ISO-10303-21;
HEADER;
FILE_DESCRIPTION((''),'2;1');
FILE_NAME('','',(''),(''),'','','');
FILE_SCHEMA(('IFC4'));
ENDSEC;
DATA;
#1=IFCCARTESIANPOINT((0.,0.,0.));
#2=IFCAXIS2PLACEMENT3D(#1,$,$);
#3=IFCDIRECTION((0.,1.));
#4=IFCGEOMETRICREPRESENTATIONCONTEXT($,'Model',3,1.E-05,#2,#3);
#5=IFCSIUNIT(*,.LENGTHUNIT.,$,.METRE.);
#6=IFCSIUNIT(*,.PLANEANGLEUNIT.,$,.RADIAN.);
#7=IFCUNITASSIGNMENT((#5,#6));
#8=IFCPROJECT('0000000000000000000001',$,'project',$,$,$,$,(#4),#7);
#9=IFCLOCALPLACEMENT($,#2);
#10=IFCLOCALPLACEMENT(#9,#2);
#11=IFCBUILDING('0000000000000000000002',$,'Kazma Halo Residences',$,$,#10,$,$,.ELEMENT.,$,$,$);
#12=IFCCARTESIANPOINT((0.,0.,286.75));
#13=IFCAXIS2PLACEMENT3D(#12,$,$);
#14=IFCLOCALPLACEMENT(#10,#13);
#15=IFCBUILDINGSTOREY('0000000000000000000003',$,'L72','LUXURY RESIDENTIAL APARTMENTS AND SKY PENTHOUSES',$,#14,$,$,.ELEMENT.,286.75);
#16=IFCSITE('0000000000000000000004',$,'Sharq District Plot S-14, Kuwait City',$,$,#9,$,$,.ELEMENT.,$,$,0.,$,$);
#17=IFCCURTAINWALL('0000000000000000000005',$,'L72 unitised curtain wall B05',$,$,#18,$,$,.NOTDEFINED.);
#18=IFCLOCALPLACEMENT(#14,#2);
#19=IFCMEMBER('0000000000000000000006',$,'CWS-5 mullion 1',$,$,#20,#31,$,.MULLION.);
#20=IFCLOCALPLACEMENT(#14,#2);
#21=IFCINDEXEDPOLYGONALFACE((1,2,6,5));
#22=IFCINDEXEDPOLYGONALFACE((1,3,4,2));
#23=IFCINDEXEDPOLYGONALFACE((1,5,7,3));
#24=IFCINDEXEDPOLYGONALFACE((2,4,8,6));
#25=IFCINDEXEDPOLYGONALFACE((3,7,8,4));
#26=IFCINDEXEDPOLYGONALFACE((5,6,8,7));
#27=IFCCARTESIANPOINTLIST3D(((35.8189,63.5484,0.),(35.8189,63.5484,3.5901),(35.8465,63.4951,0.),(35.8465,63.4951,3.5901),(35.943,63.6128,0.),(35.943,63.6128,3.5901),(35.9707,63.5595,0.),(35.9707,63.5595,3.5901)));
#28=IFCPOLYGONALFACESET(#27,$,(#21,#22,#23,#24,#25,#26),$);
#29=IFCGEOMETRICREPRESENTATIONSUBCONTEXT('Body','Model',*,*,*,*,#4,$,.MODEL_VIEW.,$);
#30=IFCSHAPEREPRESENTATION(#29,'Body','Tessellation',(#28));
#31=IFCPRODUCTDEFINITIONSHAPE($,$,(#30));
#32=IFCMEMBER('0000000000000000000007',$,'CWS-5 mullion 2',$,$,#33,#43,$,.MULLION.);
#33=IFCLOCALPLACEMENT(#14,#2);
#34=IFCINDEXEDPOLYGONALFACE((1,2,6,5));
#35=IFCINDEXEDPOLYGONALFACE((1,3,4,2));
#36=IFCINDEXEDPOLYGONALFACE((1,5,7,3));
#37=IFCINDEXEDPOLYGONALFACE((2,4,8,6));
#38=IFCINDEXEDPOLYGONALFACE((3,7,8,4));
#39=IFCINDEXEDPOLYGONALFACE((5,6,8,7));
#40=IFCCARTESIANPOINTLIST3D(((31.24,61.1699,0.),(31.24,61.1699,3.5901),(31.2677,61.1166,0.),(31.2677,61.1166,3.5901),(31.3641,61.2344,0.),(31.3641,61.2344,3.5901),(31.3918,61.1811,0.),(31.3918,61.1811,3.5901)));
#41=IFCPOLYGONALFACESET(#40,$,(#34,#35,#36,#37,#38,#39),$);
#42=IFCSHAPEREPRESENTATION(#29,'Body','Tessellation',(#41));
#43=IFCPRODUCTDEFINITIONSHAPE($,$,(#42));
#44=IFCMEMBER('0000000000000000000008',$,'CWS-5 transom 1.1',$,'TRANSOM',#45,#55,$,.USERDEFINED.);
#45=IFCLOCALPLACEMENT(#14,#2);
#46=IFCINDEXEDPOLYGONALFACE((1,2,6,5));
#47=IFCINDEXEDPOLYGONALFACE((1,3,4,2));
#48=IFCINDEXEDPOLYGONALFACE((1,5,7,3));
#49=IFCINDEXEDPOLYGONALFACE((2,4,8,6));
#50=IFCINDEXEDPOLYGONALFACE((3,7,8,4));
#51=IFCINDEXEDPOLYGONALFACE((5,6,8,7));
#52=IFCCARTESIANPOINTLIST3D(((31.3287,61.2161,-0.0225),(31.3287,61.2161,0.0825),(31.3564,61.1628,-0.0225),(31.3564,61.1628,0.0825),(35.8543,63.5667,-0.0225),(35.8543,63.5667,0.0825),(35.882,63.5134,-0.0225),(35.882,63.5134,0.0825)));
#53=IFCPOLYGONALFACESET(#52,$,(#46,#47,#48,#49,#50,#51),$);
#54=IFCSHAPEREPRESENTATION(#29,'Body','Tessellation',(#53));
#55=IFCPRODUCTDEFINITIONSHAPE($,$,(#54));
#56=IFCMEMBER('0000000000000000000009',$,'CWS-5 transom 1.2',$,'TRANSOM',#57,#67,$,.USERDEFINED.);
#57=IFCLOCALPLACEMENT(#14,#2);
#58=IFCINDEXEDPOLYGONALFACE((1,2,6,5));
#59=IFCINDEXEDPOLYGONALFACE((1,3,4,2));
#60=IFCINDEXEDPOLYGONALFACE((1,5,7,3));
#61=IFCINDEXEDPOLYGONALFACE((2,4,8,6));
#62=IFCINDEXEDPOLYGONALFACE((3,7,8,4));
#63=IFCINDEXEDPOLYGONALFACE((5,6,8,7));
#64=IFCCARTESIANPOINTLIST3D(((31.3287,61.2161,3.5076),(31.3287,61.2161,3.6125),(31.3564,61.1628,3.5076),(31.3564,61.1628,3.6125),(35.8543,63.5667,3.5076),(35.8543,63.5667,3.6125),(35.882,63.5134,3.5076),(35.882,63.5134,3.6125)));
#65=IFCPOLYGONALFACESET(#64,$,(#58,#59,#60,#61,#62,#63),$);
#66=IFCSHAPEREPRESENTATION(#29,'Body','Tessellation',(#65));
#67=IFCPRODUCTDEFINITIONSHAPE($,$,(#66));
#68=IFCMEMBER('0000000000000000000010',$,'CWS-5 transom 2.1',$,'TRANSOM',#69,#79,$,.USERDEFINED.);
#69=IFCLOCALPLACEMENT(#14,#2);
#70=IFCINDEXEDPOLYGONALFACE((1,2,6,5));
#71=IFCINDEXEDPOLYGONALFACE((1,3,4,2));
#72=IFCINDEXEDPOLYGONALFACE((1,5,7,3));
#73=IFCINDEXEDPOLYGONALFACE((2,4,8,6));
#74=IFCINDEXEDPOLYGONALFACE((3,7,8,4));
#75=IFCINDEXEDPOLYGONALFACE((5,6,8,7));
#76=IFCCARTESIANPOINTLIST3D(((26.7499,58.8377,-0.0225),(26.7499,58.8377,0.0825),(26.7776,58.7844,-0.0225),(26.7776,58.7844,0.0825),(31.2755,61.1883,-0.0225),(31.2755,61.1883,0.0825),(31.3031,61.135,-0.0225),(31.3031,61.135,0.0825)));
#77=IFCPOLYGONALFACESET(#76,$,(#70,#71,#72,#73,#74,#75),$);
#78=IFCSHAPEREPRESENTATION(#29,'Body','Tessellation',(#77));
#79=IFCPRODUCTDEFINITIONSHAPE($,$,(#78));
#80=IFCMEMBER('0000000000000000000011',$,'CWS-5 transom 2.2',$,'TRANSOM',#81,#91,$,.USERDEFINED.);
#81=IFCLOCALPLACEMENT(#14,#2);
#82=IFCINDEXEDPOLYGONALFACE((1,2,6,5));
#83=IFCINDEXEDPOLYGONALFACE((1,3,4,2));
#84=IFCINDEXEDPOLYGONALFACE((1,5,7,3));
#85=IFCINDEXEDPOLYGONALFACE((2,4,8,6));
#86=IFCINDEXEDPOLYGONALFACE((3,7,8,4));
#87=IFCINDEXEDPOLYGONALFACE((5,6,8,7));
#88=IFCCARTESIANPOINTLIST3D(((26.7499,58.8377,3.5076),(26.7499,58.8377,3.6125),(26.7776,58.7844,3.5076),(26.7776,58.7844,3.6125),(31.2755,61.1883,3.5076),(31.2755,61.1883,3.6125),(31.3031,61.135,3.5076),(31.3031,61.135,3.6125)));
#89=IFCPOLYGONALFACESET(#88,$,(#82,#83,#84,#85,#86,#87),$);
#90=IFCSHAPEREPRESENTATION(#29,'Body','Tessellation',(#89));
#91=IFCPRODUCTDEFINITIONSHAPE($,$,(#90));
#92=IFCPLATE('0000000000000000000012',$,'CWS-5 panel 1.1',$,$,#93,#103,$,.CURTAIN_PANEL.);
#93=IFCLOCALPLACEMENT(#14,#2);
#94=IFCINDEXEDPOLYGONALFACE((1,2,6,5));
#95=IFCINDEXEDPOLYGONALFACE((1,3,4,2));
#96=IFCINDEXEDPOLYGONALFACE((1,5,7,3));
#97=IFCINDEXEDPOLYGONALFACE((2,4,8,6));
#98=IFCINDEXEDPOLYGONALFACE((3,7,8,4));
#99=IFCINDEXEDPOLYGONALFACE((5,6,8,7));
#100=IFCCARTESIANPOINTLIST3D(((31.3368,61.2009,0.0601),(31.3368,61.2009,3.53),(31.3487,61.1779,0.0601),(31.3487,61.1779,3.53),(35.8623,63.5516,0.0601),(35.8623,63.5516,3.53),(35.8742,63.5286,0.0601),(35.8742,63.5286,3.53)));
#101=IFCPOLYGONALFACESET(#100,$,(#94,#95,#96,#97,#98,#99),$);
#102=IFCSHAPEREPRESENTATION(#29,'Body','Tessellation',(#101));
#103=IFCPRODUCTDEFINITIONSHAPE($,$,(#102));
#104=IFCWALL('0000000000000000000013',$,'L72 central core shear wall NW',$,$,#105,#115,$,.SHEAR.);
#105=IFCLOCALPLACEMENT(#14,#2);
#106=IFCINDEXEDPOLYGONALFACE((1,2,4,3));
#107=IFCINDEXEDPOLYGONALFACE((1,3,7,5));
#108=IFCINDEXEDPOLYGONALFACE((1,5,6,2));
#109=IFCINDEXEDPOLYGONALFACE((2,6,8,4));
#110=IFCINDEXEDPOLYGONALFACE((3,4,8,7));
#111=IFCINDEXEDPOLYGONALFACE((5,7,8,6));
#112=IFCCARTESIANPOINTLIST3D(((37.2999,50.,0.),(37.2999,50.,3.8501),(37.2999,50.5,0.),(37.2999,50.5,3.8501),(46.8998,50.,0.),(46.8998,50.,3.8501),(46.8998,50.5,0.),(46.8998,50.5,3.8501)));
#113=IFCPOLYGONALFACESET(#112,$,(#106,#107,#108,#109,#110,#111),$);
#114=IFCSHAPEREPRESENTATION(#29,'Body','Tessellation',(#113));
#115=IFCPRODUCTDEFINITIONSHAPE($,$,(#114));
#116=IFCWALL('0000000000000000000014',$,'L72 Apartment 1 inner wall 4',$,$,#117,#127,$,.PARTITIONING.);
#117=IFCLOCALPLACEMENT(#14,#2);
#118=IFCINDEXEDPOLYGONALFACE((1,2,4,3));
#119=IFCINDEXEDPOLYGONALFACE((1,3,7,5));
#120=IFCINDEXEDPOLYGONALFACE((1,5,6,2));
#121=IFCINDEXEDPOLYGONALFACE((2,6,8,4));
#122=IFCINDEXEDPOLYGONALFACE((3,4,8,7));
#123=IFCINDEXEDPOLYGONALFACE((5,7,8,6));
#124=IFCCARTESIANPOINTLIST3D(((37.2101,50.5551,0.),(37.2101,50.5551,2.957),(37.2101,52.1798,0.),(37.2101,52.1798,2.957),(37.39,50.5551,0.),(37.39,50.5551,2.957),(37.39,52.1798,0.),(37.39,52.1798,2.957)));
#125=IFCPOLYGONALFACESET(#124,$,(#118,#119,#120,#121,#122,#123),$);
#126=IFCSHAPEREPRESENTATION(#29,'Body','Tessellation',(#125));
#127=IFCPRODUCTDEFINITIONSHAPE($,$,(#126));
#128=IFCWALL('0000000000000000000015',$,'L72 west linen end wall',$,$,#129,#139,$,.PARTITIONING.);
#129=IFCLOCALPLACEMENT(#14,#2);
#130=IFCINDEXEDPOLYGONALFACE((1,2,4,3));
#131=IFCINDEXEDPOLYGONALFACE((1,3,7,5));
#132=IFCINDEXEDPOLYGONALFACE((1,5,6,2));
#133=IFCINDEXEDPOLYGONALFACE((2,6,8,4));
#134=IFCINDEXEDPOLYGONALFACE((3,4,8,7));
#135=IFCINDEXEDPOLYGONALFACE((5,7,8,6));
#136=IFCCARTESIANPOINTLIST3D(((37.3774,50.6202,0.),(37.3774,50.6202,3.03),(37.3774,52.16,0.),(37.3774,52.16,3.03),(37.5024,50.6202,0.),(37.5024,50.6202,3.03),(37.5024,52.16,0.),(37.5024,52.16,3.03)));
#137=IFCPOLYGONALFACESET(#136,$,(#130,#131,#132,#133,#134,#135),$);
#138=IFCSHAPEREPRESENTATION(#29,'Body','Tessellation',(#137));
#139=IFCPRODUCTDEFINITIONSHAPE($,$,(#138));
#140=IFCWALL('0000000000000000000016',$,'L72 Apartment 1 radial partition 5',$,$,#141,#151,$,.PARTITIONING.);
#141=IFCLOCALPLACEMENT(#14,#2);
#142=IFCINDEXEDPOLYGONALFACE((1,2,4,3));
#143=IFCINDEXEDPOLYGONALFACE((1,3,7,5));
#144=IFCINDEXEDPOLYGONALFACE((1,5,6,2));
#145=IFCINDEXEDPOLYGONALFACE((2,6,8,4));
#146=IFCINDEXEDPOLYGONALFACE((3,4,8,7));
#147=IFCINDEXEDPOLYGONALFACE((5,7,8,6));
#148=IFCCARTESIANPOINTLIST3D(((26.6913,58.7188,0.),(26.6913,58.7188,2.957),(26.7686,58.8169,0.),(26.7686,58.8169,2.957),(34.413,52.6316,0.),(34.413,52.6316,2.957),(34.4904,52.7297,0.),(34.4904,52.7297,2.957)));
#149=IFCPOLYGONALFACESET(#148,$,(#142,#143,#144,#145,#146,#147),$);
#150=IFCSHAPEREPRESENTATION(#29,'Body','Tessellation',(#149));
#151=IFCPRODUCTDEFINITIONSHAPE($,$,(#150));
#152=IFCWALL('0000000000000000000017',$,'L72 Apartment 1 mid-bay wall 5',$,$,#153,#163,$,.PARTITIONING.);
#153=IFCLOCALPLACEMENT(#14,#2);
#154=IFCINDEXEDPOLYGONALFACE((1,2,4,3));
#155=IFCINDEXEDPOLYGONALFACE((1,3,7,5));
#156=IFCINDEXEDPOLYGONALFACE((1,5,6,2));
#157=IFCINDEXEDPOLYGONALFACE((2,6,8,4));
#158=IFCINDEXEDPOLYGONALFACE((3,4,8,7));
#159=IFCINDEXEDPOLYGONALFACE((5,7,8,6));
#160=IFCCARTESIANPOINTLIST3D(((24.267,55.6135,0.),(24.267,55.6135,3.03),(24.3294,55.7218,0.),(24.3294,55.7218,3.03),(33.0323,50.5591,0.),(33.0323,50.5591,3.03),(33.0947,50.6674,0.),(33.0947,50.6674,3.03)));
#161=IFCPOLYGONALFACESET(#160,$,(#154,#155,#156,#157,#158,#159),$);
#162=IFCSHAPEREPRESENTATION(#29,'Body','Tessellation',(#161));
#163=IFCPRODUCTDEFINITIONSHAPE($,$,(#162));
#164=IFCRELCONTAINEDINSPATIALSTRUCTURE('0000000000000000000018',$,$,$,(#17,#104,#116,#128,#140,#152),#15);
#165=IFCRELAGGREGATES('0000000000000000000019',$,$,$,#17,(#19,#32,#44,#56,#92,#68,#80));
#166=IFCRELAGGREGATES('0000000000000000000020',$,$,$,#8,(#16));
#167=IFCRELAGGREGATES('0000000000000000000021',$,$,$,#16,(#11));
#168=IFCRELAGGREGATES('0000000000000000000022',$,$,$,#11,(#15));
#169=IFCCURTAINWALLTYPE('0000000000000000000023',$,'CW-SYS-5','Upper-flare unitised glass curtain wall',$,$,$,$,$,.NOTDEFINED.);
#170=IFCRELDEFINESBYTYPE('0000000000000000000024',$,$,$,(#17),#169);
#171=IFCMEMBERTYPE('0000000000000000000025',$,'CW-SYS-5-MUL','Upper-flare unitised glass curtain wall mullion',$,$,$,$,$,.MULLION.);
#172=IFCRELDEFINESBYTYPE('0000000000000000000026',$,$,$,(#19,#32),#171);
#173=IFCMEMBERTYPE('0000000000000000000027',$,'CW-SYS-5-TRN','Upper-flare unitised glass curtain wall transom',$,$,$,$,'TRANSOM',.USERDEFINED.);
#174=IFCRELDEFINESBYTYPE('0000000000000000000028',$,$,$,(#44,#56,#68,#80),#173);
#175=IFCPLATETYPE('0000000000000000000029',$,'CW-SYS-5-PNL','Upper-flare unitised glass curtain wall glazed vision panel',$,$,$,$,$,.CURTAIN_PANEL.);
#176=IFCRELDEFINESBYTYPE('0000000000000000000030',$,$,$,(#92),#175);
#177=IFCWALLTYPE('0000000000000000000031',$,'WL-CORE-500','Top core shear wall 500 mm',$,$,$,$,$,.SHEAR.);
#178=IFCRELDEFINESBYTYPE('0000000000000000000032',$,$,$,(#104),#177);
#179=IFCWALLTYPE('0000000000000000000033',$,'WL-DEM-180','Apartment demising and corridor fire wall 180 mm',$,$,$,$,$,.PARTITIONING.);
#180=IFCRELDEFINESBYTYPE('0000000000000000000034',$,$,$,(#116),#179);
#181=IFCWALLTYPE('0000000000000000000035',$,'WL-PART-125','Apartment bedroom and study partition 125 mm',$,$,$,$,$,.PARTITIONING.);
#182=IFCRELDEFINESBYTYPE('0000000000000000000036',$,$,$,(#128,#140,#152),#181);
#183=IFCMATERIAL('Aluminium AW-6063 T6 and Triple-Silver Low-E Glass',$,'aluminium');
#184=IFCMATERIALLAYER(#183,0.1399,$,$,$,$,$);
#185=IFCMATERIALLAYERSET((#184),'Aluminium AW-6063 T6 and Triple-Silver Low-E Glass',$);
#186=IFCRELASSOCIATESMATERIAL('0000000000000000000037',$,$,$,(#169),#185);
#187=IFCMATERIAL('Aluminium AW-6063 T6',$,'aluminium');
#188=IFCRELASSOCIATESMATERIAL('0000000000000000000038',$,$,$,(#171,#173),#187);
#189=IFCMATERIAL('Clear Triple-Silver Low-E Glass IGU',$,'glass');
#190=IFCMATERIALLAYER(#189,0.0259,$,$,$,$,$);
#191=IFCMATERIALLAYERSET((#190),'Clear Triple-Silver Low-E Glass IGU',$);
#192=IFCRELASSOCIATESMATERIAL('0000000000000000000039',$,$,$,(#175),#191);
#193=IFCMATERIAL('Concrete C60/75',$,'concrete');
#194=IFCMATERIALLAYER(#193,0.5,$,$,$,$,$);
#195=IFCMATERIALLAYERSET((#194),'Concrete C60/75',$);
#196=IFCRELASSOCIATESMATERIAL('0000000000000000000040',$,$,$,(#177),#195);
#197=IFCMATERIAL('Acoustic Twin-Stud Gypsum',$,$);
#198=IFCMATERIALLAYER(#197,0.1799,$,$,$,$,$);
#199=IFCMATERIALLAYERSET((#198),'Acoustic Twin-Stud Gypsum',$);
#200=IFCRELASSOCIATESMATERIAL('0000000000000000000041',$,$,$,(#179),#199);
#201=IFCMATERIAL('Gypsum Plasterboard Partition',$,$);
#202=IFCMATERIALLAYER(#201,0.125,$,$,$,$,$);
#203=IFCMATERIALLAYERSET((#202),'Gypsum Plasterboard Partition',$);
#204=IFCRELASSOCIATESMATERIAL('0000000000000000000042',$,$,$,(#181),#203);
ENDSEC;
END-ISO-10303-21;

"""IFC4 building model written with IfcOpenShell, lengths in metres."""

from ifc_helpers import new_model, si_unit, direction, frame, frame_2d, origin, origin_2d, place, context, subcontext, project, spatial, rectangle, extrude, material, layer, layer_set, material_profile, profile_set, type_object, element, aggregate, save


model = new_model("IFC4")

# Units and contexts
model_context = context("Model", 3, precision=1e-05, world=origin(), true_north=direction((0.0, 1.0)))
body_context = subcontext(model_context, "Body", "Model", "MODEL_VIEW")
ifc_project = project(units=[si_unit("LENGTHUNIT", "METRE"), si_unit("PLANEANGLEUNIT", "RADIAN")], contexts=[model_context])

# Site, building, storey
site_placement = place(None, origin())
site = spatial("IfcSite", under=ifc_project, at=site_placement, Name="Sharq District Plot S-14, Kuwait City", CompositionType="ELEMENT", RefElevation=0.0)
building_placement = place(site_placement, origin())
building = spatial("IfcBuilding", under=site, at=building_placement, Name="Kazma Halo Residences", CompositionType="ELEMENT")
storey_placement = place(building_placement, frame((0.0, 0.0, 286.75)))
storey = spatial("IfcBuildingStorey", under=building, at=storey_placement, Name="L72", Description="LUXURY RESIDENTIAL APARTMENTS AND SKY PENTHOUSES", CompositionType="ELEMENT", Elevation=286.75)

# Shared definitions
ifc_material_1 = material(Name="Concrete C60/75", Category="concrete")

# Curtain wall, members, plate
ifc_material_2 = material(Name="Aluminium AW-6063 T6 and Triple-Silver Low-E Glass", Category="aluminium")
ifc_layer_1 = layer(ifc_material_2, 0.1399)
ifc_layer_set_1 = layer_set([ifc_layer_1], Name="Aluminium AW-6063 T6 and Triple-Silver Low-E Glass")
curtain_wall_type = type_object("IfcCurtainWallType", Name="CW-SYS-5", Description="Upper-flare unitised glass curtain wall", PredefinedType="NOTDEFINED", material=ifc_layer_set_1)
curtain_wall_placement = place(storey_placement, origin())
curtain_wall = element("IfcCurtainWall", 1, at=curtain_wall_placement, inside=storey, type_object=curtain_wall_type, Name="L72 unitised curtain wall B05", PredefinedType="NOTDEFINED")
ifc_material_3 = material(Name="Aluminium AW-6063 T6", Category="aluminium")
ifc_material_profile_1 = material_profile(ifc_material_3, rectangle(XDim=0.0601, YDim=0.1399, at=origin_2d()), Name="CWM-60x140")
ifc_profile_set_1 = profile_set([ifc_material_profile_1], Name="Aluminium AW-6063 T6")
member_type_1 = type_object("IfcMemberType", Name="CW-SYS-5-MUL", Description="Upper-flare unitised glass curtain wall mullion", PredefinedType="MULLION", material=ifc_profile_set_1)
member_1_placement = place(storey_placement, frame((35.8948, 63.554, 0.0), z_axis=(0.0, 0.0, 1.0), x_axis=(0.460961, -0.887421, 0.0)))
member_1 = element("IfcMember", 2, at=member_1_placement, type_object=member_type_1, Name="CWS-5 mullion 1", PredefinedType="MULLION", context=body_context, shape_type="SweptSolid", body=[
    extrude(rectangle(XDim=0.0601, YDim=0.1399, at=origin_2d()), origin(), (0.0, 0.0, 1.0), 3.5901),
])
member_2_placement = place(storey_placement, frame((31.3159, 61.1755, 0.0), z_axis=(0.0, 0.0, 1.0), x_axis=(0.460961, -0.887421, 0.0)))
member_2 = element("IfcMember", 3, at=member_2_placement, type_object=member_type_1, Name="CWS-5 mullion 2", PredefinedType="MULLION", context=body_context, shape_type="SweptSolid", body=[
    extrude(rectangle(XDim=0.0601, YDim=0.1399, at=origin_2d()), origin(), (0.0, 0.0, 1.0), 3.5901),
])
ifc_material_profile_2 = material_profile(ifc_material_3, rectangle(XDim=0.0601, YDim=0.105, at=origin_2d()), Name="CWT-60x105")
ifc_profile_set_2 = profile_set([ifc_material_profile_2], Name="Aluminium AW-6063 T6")
member_type_2 = type_object("IfcMemberType", Name="CW-SYS-5-TRN", Description="Upper-flare unitised glass curtain wall transom", ElementType="TRANSOM", PredefinedType="USERDEFINED", material=ifc_profile_set_2)
member_3_placement = place(storey_placement, frame((35.8682, 63.54, 0.03), z_axis=(-0.887437, -0.460929, 0.0), x_axis=(0.460929, -0.887437, 0.0)))
member_3 = element("IfcMember", 4, at=member_3_placement, type_object=member_type_2, Name="CWS-5 transom 1.1", ObjectType="TRANSOM", PredefinedType="USERDEFINED", context=body_context, shape_type="SweptSolid", body=[
    extrude(rectangle(XDim=0.0601, YDim=0.105, at=origin_2d()), origin(), (0.0, 0.0, 1.0), 5.0996),
])
member_4_placement = place(storey_placement, frame((35.8682, 63.54, 3.5601), z_axis=(-0.887437, -0.460929, 0.0), x_axis=(0.460929, -0.887437, 0.0)))
member_4 = element("IfcMember", 5, at=member_4_placement, type_object=member_type_2, Name="CWS-5 transom 1.2", ObjectType="TRANSOM", PredefinedType="USERDEFINED", context=body_context, shape_type="SweptSolid", body=[
    extrude(rectangle(XDim=0.0601, YDim=0.105, at=origin_2d()), origin(), (0.0, 0.0, 1.0), 5.0996),
])
member_5_placement = place(storey_placement, frame((31.2893, 61.1616, 0.03), z_axis=(-0.887437, -0.460929, 0.0), x_axis=(0.460929, -0.887437, 0.0)))
member_5 = element("IfcMember", 6, at=member_5_placement, type_object=member_type_2, Name="CWS-5 transom 2.1", ObjectType="TRANSOM", PredefinedType="USERDEFINED", context=body_context, shape_type="SweptSolid", body=[
    extrude(rectangle(XDim=0.0601, YDim=0.105, at=origin_2d()), origin(), (0.0, 0.0, 1.0), 5.0996),
])
member_6_placement = place(storey_placement, frame((31.2893, 61.1616, 3.5601), z_axis=(-0.887437, -0.460929, 0.0), x_axis=(0.460929, -0.887437, 0.0)))
member_6 = element("IfcMember", 7, at=member_6_placement, type_object=member_type_2, Name="CWS-5 transom 2.2", ObjectType="TRANSOM", PredefinedType="USERDEFINED", context=body_context, shape_type="SweptSolid", body=[
    extrude(rectangle(XDim=0.0601, YDim=0.105, at=origin_2d()), origin(), (0.0, 0.0, 1.0), 5.0996),
])
ifc_material_4 = material(Name="Clear Triple-Silver Low-E Glass IGU", Category="glass")
ifc_layer_2 = layer(ifc_material_4, 0.0259)
ifc_layer_set_2 = layer_set([ifc_layer_2], Name="Clear Triple-Silver Low-E Glass IGU")
plate_type = type_object("IfcPlateType", Name="CW-SYS-5-PNL", Description="Upper-flare unitised glass curtain wall glazed vision panel", PredefinedType="CURTAIN_PANEL", material=ifc_layer_set_2)
plate_placement = place(storey_placement, frame((33.6055, 62.3647, 0.0601), z_axis=(0.0, 0.0, 1.0), x_axis=(-0.887421, -0.460961, 0.0)))
plate = element("IfcPlate", 8, at=plate_placement, type_object=plate_type, Name="CWS-5 panel 1.1", PredefinedType="CURTAIN_PANEL", context=body_context, shape_type="SweptSolid", body=[
    extrude(rectangle(XDim=5.0996, YDim=0.0259, at=origin_2d()), origin(), (0.0, 0.0, 1.0), 3.47),
])
aggregate(curtain_wall, [member_1, member_2, member_3, member_4, plate, member_5, member_6])

# Walls
ifc_layer_3 = layer(ifc_material_1, 0.5)
ifc_layer_set_3 = layer_set([ifc_layer_3], Name="Concrete C60/75")
wall_type_1 = type_object("IfcWallType", Name="WL-CORE-500", Description="Top core shear wall 500 mm", PredefinedType="SHEAR", material=ifc_layer_set_3)
wall_1_placement = place(storey_placement, frame((37.3, 50.25, 0.0), z_axis=(0.0, 0.0, 1.0), x_axis=(1.0, 0.0, 0.0)))
element("IfcWall", 9, at=wall_1_placement, inside=storey, type_object=wall_type_1, Name="L72 central core shear wall NW", PredefinedType="SHEAR", context=body_context, shape_type="SweptSolid", body=[
    extrude(rectangle(XDim=9.5999, YDim=0.5, at=frame_2d((4.7998, 0.0))), origin(), (0.0, 0.0, 1.0), 3.8501),
])
ifc_material_5 = material(Name="Acoustic Twin-Stud Gypsum")
ifc_layer_4 = layer(ifc_material_5, 0.1799)
ifc_layer_set_4 = layer_set([ifc_layer_4], Name="Acoustic Twin-Stud Gypsum")
wall_type_2 = type_object("IfcWallType", Name="WL-DEM-180", Description="Apartment demising and corridor fire wall 180 mm", PredefinedType="PARTITIONING", material=ifc_layer_set_4)
wall_2_placement = place(storey_placement, frame((37.3, 52.1799, 0.0), z_axis=(0.0, 0.0, 1.0), x_axis=(0.0, -1.0, 0.0)))
element("IfcWall", 10, at=wall_2_placement, inside=storey, type_object=wall_type_2, Name="L72 Apartment 1 inner wall 4", PredefinedType="PARTITIONING", context=body_context, shape_type="SweptSolid", body=[
    extrude(rectangle(XDim=1.6248, YDim=0.1799, at=frame_2d((0.8125, 0.0))), origin(), (0.0, 0.0, 1.0), 2.957),
])
ifc_material_6 = material(Name="Gypsum Plasterboard Partition")
ifc_layer_5 = layer(ifc_material_6, 0.125)
ifc_layer_set_5 = layer_set([ifc_layer_5], Name="Gypsum Plasterboard Partition")
wall_type_3 = type_object("IfcWallType", Name="WL-PART-125", Description="Apartment bedroom and study partition 125 mm", PredefinedType="PARTITIONING", material=ifc_layer_set_5)
wall_3_placement = place(storey_placement, frame((37.4399, 50.6201, 0.0), z_axis=(0.0, 0.0, 1.0), x_axis=(0.0, 1.0, 0.0)))
element("IfcWall", 11, at=wall_3_placement, inside=storey, type_object=wall_type_3, Name="L72 west linen end wall", PredefinedType="PARTITIONING", context=body_context, shape_type="SweptSolid", body=[
    extrude(rectangle(XDim=1.5398, YDim=0.125, at=frame_2d((0.77, 0.0))), origin(), (0.0, 0.0, 1.0), 3.03),
])
wall_4_placement = place(storey_placement, frame((34.4517, 52.6807, 0.0), z_axis=(0.0, 0.0, 1.0), x_axis=(-0.785323, 0.619086, 0.0)))
element("IfcWall", 12, at=wall_4_placement, inside=storey, type_object=wall_type_3, Name="L72 Apartment 1 radial partition 5", PredefinedType="PARTITIONING", context=body_context, shape_type="SweptSolid", body=[
    extrude(rectangle(XDim=9.8325, YDim=0.125, at=frame_2d((4.9163, 0.0))), origin(), (0.0, 0.0, 1.0), 2.957),
])
wall_5_placement = place(storey_placement, frame((33.0635, 50.6133, 0.0), z_axis=(0.0, 0.0, 1.0), x_axis=(-0.866293, 0.499537, 0.0)))
element("IfcWall", 13, at=wall_5_placement, inside=storey, type_object=wall_type_3, Name="L72 Apartment 1 mid-bay wall 5", PredefinedType="PARTITIONING", context=body_context, shape_type="SweptSolid", body=[
    extrude(rectangle(XDim=10.1182, YDim=0.125, at=frame_2d((5.0591, 0.0))), origin(), (0.0, 0.0, 1.0), 3.03),
])

save(model, "model.ifc")
